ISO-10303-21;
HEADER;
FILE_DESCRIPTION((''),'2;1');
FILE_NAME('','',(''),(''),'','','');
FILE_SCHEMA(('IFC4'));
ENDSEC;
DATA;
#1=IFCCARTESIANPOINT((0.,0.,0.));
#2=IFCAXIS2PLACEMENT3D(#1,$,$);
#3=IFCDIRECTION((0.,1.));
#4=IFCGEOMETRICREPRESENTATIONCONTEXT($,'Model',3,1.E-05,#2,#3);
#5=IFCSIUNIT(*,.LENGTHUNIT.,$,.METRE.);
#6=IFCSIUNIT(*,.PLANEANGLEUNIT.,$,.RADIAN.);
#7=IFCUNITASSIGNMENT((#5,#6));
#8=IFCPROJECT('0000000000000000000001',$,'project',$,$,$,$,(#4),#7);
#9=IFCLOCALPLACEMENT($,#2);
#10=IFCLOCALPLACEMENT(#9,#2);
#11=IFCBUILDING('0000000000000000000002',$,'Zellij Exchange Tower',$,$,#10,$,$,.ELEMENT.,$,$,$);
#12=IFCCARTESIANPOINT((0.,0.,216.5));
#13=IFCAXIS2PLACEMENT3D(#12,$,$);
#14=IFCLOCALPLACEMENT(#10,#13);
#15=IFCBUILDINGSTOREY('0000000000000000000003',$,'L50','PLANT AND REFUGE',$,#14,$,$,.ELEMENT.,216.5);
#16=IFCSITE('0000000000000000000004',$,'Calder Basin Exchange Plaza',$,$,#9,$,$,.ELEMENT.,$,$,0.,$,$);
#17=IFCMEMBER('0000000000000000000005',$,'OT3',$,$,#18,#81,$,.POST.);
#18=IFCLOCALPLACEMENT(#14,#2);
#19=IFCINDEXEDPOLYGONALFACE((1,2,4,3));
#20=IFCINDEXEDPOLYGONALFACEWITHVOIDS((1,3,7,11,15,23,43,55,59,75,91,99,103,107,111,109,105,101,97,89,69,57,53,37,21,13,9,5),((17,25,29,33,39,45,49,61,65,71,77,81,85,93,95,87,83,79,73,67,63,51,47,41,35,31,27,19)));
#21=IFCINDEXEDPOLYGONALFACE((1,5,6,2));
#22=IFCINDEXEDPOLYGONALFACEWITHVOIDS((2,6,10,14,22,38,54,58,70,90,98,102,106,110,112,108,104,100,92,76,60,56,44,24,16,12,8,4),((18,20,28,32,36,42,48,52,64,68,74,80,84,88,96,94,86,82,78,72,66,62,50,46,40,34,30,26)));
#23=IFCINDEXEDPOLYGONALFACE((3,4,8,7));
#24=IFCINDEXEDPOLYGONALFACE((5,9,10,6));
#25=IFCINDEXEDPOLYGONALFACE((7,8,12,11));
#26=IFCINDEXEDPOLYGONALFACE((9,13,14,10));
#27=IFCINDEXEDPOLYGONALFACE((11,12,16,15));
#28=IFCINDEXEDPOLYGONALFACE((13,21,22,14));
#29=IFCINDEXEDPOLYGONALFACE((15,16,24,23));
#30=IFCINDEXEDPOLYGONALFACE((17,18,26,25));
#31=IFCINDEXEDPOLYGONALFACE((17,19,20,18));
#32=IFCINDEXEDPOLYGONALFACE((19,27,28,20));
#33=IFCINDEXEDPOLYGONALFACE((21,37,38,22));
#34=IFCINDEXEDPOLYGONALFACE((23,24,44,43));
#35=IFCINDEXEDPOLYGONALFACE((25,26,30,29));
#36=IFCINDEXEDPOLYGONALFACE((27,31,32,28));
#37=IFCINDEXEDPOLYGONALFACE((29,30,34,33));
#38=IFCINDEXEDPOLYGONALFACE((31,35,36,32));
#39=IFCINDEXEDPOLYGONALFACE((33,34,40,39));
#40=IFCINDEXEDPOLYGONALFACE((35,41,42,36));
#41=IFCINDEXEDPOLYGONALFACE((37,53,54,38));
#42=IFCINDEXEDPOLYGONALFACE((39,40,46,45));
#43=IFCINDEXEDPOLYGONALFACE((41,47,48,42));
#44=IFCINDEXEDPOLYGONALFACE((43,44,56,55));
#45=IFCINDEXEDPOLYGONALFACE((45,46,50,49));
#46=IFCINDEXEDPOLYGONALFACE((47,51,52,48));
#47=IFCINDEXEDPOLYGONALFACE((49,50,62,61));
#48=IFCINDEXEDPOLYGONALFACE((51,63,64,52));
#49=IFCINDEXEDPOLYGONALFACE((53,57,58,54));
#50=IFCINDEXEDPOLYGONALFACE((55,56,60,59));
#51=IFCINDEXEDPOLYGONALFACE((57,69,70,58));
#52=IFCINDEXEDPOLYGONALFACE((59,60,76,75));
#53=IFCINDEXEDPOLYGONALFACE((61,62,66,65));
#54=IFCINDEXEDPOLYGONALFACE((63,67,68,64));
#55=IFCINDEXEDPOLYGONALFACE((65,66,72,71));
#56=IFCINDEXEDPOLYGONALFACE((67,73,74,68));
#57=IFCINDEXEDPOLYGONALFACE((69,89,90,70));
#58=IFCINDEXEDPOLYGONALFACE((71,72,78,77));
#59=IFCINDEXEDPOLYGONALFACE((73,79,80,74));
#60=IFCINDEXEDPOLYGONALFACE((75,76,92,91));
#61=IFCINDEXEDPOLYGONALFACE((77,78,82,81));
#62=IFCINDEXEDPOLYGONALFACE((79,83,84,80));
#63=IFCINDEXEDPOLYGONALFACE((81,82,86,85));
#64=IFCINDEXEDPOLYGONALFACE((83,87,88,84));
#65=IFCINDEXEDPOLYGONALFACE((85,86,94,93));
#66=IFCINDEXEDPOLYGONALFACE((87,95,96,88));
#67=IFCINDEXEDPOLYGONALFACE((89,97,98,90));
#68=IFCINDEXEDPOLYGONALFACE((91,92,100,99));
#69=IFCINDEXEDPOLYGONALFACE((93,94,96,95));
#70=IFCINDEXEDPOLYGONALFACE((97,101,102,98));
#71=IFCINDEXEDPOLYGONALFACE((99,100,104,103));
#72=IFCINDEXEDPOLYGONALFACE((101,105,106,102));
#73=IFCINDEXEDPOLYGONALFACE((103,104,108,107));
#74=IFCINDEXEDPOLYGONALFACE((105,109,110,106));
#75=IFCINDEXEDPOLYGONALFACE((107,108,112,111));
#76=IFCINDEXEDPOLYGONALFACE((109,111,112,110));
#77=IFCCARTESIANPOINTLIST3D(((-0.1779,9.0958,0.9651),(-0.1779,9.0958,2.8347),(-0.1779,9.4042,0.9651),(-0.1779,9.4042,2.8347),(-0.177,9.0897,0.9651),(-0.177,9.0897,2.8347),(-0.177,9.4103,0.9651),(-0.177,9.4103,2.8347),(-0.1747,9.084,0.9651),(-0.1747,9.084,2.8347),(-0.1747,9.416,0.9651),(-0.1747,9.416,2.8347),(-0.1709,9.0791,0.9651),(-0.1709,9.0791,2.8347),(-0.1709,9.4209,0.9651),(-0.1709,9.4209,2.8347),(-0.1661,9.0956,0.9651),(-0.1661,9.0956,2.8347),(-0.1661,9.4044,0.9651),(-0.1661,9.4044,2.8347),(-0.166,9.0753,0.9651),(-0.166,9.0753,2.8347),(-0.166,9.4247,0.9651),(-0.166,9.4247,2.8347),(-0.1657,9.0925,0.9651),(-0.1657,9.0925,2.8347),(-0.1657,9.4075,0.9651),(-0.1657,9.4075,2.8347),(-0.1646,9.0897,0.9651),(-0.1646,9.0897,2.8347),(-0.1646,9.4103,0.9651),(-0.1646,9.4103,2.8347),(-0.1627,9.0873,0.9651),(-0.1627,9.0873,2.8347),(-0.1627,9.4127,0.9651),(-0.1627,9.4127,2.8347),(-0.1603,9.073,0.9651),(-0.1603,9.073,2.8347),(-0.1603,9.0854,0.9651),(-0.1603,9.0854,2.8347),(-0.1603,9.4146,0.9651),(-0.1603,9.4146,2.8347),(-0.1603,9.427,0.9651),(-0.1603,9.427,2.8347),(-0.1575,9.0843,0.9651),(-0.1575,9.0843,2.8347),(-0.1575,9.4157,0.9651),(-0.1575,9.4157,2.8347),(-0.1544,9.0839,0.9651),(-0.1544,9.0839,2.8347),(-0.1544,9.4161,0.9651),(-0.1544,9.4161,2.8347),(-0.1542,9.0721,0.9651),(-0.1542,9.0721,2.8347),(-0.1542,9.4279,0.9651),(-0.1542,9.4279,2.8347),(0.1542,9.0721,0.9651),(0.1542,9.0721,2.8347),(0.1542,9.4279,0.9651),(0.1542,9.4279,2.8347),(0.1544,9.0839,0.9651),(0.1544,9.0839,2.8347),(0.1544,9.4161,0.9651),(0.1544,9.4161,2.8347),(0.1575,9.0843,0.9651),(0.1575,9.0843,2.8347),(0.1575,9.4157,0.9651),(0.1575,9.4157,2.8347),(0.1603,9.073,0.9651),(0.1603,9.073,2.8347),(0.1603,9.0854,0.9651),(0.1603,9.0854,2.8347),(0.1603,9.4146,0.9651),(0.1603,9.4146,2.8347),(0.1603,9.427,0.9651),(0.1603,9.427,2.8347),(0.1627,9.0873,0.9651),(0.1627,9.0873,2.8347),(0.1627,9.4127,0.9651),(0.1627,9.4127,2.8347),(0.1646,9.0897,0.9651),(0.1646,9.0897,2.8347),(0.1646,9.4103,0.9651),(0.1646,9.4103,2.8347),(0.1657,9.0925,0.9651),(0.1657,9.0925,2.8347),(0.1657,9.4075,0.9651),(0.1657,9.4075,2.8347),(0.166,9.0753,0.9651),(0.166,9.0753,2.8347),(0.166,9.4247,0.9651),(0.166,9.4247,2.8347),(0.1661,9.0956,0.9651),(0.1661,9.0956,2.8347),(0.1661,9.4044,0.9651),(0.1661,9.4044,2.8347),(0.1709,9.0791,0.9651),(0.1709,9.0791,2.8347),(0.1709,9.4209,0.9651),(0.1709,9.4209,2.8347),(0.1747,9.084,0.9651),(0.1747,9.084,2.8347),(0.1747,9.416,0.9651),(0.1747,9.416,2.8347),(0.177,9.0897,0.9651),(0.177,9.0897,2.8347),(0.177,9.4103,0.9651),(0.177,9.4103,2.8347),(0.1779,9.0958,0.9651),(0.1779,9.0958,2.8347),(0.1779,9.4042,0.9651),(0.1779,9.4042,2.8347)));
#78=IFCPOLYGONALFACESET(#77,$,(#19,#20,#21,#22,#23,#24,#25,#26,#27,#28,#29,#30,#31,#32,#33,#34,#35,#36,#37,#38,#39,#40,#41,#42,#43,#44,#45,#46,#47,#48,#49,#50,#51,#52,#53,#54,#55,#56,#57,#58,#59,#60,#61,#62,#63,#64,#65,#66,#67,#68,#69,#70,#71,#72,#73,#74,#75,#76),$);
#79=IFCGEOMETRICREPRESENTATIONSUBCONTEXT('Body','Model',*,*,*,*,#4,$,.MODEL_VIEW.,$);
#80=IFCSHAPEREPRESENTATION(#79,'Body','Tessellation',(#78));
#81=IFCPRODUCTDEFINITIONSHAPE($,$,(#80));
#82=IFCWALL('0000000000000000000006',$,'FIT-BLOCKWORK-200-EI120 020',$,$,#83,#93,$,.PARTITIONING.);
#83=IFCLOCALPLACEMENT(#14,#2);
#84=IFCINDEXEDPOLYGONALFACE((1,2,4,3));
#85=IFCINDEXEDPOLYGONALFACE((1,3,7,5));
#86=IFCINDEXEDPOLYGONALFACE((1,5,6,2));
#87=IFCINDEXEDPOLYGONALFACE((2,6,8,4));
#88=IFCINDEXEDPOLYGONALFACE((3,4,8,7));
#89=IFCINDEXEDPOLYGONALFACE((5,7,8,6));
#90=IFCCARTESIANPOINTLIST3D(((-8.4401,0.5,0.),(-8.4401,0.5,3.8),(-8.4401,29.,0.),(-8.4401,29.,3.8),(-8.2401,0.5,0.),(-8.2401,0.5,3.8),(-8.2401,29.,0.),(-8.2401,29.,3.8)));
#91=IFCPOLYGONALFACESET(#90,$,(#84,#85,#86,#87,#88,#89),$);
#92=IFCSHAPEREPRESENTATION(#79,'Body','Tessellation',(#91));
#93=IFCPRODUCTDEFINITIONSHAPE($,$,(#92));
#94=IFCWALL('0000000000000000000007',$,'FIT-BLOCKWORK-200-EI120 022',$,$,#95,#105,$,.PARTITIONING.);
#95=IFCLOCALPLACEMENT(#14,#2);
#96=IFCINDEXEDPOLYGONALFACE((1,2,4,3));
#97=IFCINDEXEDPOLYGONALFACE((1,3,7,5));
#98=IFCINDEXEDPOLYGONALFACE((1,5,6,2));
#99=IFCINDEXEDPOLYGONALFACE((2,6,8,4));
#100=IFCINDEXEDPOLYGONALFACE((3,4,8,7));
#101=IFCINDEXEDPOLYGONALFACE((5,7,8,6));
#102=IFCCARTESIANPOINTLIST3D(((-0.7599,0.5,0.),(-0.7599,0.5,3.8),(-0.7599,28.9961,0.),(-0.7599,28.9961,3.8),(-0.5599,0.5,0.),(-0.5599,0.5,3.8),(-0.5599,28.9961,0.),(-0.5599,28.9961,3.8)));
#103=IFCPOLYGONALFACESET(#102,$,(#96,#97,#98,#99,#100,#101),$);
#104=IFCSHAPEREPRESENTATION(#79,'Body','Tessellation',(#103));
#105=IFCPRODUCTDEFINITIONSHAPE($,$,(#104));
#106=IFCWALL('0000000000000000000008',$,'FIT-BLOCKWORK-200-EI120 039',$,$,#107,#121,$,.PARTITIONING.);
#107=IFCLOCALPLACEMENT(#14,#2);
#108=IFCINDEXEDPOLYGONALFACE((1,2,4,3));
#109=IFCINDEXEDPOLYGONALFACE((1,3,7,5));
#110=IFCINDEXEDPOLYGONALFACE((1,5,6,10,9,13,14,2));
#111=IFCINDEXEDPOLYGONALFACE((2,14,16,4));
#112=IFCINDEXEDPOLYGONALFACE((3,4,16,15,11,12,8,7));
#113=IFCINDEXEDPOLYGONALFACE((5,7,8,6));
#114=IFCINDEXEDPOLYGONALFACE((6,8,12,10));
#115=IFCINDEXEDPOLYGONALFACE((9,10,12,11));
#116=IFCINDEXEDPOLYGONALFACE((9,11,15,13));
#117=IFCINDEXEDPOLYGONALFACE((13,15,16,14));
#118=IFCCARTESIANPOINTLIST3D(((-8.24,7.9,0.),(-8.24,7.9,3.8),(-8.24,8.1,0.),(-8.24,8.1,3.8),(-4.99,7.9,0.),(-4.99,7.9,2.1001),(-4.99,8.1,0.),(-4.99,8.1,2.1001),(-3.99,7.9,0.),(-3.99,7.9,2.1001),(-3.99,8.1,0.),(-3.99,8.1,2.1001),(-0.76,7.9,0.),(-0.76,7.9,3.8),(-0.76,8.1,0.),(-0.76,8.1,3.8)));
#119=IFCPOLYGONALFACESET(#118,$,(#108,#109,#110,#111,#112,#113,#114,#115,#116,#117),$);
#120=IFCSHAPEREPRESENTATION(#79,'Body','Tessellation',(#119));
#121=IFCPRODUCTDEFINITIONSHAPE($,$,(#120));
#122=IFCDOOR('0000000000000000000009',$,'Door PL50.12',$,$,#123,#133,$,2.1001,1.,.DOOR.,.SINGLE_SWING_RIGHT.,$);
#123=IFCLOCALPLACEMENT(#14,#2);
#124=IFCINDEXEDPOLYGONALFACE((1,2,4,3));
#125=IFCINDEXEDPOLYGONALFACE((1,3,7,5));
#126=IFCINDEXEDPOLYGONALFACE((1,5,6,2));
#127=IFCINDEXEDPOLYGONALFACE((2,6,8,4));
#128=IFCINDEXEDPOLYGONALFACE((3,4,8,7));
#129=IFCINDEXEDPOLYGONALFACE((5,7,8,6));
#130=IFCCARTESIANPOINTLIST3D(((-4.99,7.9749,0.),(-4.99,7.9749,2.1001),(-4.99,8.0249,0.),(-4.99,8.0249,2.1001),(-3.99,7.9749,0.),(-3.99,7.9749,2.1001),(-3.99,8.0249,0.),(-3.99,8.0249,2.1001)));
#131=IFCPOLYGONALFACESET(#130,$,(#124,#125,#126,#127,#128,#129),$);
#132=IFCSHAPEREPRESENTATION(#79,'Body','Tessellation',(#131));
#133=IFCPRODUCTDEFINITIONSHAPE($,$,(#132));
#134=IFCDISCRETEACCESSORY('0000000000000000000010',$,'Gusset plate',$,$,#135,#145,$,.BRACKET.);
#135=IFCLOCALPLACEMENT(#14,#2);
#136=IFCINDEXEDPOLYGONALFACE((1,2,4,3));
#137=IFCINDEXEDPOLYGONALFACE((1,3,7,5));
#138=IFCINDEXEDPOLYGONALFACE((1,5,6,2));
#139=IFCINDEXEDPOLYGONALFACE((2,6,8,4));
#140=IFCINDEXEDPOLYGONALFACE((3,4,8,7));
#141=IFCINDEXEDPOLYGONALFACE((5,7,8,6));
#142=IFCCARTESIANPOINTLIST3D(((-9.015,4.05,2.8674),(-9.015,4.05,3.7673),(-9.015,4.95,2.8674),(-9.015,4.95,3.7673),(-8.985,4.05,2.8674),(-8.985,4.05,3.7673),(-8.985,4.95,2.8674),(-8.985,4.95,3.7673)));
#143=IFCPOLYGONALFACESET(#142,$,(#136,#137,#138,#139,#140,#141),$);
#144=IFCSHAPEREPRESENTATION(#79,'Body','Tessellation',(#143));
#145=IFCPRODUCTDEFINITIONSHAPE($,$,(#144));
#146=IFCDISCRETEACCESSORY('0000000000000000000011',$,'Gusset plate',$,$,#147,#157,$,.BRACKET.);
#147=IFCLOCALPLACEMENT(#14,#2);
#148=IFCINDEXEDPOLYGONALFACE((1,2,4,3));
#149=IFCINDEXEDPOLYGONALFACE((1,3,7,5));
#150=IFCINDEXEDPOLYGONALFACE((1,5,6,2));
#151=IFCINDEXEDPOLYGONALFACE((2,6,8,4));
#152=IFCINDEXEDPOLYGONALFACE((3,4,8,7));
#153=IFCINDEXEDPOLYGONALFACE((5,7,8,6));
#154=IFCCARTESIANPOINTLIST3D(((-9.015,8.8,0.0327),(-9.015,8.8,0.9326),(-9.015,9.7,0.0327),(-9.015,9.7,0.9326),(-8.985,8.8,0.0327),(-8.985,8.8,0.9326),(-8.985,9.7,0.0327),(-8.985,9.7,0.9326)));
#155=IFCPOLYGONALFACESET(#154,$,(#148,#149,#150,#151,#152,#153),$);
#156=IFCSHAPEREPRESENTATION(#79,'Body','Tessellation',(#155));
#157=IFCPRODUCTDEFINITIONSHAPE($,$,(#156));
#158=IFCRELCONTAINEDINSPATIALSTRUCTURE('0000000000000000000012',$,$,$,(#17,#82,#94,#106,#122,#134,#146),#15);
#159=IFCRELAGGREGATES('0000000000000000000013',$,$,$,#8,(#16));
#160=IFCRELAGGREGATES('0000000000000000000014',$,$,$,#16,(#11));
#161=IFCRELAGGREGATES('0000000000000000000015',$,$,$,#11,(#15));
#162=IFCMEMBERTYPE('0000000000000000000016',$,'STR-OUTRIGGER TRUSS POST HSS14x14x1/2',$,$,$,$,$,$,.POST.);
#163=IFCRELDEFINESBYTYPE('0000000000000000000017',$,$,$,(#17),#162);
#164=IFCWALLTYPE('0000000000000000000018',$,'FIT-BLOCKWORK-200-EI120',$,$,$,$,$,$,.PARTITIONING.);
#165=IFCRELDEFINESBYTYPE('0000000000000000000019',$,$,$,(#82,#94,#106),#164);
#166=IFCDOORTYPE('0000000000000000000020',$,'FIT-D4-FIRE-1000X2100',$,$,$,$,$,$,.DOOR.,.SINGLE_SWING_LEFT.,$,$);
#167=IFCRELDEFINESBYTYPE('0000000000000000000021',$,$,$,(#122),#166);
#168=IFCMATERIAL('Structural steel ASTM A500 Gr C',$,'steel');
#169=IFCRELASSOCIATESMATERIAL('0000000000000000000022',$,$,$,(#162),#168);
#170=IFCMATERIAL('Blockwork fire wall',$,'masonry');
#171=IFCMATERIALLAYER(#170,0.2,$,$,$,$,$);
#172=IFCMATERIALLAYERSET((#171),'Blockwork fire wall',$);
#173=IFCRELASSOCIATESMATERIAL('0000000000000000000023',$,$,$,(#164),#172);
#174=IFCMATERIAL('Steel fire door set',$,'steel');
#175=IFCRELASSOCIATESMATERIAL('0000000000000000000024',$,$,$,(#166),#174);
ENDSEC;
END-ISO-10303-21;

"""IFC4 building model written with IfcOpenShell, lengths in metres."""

from ifc_helpers import new_model, si_unit, direction, frame, frame_2d, origin, origin_2d, place, context, subcontext, project, spatial, rectangle, hollow_rectangle, extrude, material, layer, layer_set, material_profile, profile_set, type_object, element, fill, save


model = new_model("IFC4")

# Units and contexts
model_context = context("Model", 3, precision=1e-05, world=origin(), true_north=direction((0.0, 1.0)))
body_context = subcontext(model_context, "Body", "Model", "MODEL_VIEW")
ifc_project = project(units=[si_unit("LENGTHUNIT", "METRE"), si_unit("PLANEANGLEUNIT", "RADIAN")], contexts=[model_context])

# Site, building, storey
site_placement = place(None, origin())
site = spatial("IfcSite", under=ifc_project, at=site_placement, Name="Calder Basin Exchange Plaza", CompositionType="ELEMENT", RefElevation=0.0)
building_placement = place(site_placement, origin())
building = spatial("IfcBuilding", under=site, at=building_placement, Name="Zellij Exchange Tower", CompositionType="ELEMENT")
storey_placement = place(building_placement, frame((0.0, 0.0, 216.5)))
storey = spatial("IfcBuildingStorey", under=building, at=storey_placement, Name="L50", Description="PLANT AND REFUGE", CompositionType="ELEMENT", Elevation=216.5)

# Member
ifc_material_1 = material(Name="Structural steel ASTM A500 Gr C", Category="steel")
ifc_material_profile_1 = material_profile(ifc_material_1, hollow_rectangle(XDim=0.3557, YDim=0.3557, WallThickness=0.0117, InnerFilletRadius=0.0117, OuterFilletRadius=0.0237, at=origin_2d()), Name="STR-OUTRIGGER TRUSS POST HSS14x14x1/2")
ifc_profile_set_1 = profile_set([ifc_material_profile_1], Name="Structural steel ASTM A500 Gr C")
member_type_1 = type_object("IfcMemberType", Name="STR-OUTRIGGER TRUSS POST HSS14x14x1/2", PredefinedType="POST", material=ifc_profile_set_1)
for number, where, z_axis, x_axis, name in (
    (1, (0.0, 9.25, 0.9651), (0.0, 0.0, 1.0), (1.0, 0.0, 0.0), "OT3"),
):
    element("IfcMember", number, at=place(storey_placement, frame(where, z_axis=z_axis, x_axis=x_axis)), inside=storey, type_object=member_type_1, Name=name, PredefinedType="POST", context=body_context, shape_type="SweptSolid", body=[
        extrude(hollow_rectangle(XDim=0.3557, YDim=0.3557, WallThickness=0.0117, InnerFilletRadius=0.0117, OuterFilletRadius=0.0237, at=origin_2d()), origin(), (0.0, 0.0, 1.0), 1.8696),
    ])

# Walls
ifc_material_2 = material(Name="Blockwork fire wall", Category="masonry")
ifc_layer = layer(ifc_material_2, 0.2)
ifc_layer_set = layer_set([ifc_layer], Name="Blockwork fire wall")
wall_type = type_object("IfcWallType", Name="FIT-BLOCKWORK-200-EI120", PredefinedType="PARTITIONING", material=ifc_layer_set)
wall_1_placement = place(storey_placement, frame((-8.3401, 0.5, 0.0), z_axis=(0.0, 0.0, 1.0), x_axis=(0.0, 1.0, 0.0)))
element("IfcWall", 2, at=wall_1_placement, inside=storey, type_object=wall_type, Name="FIT-BLOCKWORK-200-EI120 020", PredefinedType="PARTITIONING", context=body_context, shape_type="SweptSolid", body=[
    extrude(rectangle(XDim=28.5, YDim=0.2, at=frame_2d((14.25, 0.0))), origin(), (0.0, 0.0, 1.0), 3.8),
])
wall_2_placement = place(storey_placement, frame((-0.6599, 0.5, 0.0), z_axis=(0.0, 0.0, 1.0), x_axis=(0.0, 1.0, 0.0)))
element("IfcWall", 3, at=wall_2_placement, inside=storey, type_object=wall_type, Name="FIT-BLOCKWORK-200-EI120 022", PredefinedType="PARTITIONING", context=body_context, shape_type="SweptSolid", body=[
    extrude(rectangle(XDim=28.4961, YDim=0.2, at=frame_2d((14.248, 0.0))), origin(), (0.0, 0.0, 1.0), 3.8),
])

# Wall, opening, door
wall_3_placement = place(storey_placement, frame((-8.24, 8.0, 0.0), z_axis=(0.0, 0.0, 1.0), x_axis=(1.0, 0.0, 0.0)))
wall_3 = element("IfcWall", 4, at=wall_3_placement, inside=storey, type_object=wall_type, Name="FIT-BLOCKWORK-200-EI120 039", PredefinedType="PARTITIONING", context=body_context, shape_type="SweptSolid", body=[
    extrude(rectangle(XDim=7.48, YDim=0.2, at=frame_2d((3.74, 0.0))), origin(), (0.0, 0.0, 1.0), 3.8),
])
opening_placement = place(wall_3_placement, frame((3.25, 0.0, 0.0)))
opening = element("IfcOpeningElement", 5, at=opening_placement, cuts=wall_3, PredefinedType="OPENING", context=body_context, shape_type="SweptSolid", body=[
    extrude(rectangle(XDim=1.0, YDim=2.1001, at=frame_2d((0.5, 1.05))), frame((0.0, 0.1118, 0.0), z_axis=(0.0, -1.0, 0.0), x_axis=(1.0, 0.0, 0.0)), (0.0, 0.0, 1.0), 0.2239),
])
ifc_material_3 = material(Name="Steel fire door set", Category="steel")
door_type = type_object("IfcDoorType", Name="FIT-D4-FIRE-1000X2100", OperationType="SINGLE_SWING_LEFT", PredefinedType="DOOR", material=ifc_material_3)
door_placement = place(opening_placement, origin())
door = element("IfcDoor", 6, at=door_placement, inside=storey, type_object=door_type, Name="Door PL50.12", OperationType="SINGLE_SWING_RIGHT", OverallHeight=2.1001, OverallWidth=1.0, PredefinedType="DOOR", context=body_context, shape_type="SweptSolid", body=[
    extrude(rectangle(XDim=1.0, YDim=2.1001, at=frame_2d((0.5, 1.05))), frame((0.0, 0.0249, 0.0), z_axis=(0.0, -1.0, 0.0), x_axis=(1.0, 0.0, 0.0)), (0.0, 0.0, 1.0), 0.05),
])
fill(opening, door)

# Discrete accessories
for number, where, z_axis, x_axis, name in (
    (7, (-9.0, 4.5, 2.8674), (0.0, 0.0, 1.0), (0.0, 1.0, 0.0), "Gusset plate"),
    (8, (-9.0, 9.25, 0.0327), (0.0, 0.0, 1.0), (0.0, 1.0, 0.0), "Gusset plate"),
):
    element("IfcDiscreteAccessory", number, at=place(storey_placement, frame(where, z_axis=z_axis, x_axis=x_axis)), inside=storey, Name=name, PredefinedType="BRACKET", context=body_context, shape_type="SweptSolid", body=[
        extrude(rectangle(XDim=0.8999, YDim=0.03, at=origin_2d()), origin(), (0.0, 0.0, 1.0), 0.8999),
    ])

save(model, "model.ifc")
